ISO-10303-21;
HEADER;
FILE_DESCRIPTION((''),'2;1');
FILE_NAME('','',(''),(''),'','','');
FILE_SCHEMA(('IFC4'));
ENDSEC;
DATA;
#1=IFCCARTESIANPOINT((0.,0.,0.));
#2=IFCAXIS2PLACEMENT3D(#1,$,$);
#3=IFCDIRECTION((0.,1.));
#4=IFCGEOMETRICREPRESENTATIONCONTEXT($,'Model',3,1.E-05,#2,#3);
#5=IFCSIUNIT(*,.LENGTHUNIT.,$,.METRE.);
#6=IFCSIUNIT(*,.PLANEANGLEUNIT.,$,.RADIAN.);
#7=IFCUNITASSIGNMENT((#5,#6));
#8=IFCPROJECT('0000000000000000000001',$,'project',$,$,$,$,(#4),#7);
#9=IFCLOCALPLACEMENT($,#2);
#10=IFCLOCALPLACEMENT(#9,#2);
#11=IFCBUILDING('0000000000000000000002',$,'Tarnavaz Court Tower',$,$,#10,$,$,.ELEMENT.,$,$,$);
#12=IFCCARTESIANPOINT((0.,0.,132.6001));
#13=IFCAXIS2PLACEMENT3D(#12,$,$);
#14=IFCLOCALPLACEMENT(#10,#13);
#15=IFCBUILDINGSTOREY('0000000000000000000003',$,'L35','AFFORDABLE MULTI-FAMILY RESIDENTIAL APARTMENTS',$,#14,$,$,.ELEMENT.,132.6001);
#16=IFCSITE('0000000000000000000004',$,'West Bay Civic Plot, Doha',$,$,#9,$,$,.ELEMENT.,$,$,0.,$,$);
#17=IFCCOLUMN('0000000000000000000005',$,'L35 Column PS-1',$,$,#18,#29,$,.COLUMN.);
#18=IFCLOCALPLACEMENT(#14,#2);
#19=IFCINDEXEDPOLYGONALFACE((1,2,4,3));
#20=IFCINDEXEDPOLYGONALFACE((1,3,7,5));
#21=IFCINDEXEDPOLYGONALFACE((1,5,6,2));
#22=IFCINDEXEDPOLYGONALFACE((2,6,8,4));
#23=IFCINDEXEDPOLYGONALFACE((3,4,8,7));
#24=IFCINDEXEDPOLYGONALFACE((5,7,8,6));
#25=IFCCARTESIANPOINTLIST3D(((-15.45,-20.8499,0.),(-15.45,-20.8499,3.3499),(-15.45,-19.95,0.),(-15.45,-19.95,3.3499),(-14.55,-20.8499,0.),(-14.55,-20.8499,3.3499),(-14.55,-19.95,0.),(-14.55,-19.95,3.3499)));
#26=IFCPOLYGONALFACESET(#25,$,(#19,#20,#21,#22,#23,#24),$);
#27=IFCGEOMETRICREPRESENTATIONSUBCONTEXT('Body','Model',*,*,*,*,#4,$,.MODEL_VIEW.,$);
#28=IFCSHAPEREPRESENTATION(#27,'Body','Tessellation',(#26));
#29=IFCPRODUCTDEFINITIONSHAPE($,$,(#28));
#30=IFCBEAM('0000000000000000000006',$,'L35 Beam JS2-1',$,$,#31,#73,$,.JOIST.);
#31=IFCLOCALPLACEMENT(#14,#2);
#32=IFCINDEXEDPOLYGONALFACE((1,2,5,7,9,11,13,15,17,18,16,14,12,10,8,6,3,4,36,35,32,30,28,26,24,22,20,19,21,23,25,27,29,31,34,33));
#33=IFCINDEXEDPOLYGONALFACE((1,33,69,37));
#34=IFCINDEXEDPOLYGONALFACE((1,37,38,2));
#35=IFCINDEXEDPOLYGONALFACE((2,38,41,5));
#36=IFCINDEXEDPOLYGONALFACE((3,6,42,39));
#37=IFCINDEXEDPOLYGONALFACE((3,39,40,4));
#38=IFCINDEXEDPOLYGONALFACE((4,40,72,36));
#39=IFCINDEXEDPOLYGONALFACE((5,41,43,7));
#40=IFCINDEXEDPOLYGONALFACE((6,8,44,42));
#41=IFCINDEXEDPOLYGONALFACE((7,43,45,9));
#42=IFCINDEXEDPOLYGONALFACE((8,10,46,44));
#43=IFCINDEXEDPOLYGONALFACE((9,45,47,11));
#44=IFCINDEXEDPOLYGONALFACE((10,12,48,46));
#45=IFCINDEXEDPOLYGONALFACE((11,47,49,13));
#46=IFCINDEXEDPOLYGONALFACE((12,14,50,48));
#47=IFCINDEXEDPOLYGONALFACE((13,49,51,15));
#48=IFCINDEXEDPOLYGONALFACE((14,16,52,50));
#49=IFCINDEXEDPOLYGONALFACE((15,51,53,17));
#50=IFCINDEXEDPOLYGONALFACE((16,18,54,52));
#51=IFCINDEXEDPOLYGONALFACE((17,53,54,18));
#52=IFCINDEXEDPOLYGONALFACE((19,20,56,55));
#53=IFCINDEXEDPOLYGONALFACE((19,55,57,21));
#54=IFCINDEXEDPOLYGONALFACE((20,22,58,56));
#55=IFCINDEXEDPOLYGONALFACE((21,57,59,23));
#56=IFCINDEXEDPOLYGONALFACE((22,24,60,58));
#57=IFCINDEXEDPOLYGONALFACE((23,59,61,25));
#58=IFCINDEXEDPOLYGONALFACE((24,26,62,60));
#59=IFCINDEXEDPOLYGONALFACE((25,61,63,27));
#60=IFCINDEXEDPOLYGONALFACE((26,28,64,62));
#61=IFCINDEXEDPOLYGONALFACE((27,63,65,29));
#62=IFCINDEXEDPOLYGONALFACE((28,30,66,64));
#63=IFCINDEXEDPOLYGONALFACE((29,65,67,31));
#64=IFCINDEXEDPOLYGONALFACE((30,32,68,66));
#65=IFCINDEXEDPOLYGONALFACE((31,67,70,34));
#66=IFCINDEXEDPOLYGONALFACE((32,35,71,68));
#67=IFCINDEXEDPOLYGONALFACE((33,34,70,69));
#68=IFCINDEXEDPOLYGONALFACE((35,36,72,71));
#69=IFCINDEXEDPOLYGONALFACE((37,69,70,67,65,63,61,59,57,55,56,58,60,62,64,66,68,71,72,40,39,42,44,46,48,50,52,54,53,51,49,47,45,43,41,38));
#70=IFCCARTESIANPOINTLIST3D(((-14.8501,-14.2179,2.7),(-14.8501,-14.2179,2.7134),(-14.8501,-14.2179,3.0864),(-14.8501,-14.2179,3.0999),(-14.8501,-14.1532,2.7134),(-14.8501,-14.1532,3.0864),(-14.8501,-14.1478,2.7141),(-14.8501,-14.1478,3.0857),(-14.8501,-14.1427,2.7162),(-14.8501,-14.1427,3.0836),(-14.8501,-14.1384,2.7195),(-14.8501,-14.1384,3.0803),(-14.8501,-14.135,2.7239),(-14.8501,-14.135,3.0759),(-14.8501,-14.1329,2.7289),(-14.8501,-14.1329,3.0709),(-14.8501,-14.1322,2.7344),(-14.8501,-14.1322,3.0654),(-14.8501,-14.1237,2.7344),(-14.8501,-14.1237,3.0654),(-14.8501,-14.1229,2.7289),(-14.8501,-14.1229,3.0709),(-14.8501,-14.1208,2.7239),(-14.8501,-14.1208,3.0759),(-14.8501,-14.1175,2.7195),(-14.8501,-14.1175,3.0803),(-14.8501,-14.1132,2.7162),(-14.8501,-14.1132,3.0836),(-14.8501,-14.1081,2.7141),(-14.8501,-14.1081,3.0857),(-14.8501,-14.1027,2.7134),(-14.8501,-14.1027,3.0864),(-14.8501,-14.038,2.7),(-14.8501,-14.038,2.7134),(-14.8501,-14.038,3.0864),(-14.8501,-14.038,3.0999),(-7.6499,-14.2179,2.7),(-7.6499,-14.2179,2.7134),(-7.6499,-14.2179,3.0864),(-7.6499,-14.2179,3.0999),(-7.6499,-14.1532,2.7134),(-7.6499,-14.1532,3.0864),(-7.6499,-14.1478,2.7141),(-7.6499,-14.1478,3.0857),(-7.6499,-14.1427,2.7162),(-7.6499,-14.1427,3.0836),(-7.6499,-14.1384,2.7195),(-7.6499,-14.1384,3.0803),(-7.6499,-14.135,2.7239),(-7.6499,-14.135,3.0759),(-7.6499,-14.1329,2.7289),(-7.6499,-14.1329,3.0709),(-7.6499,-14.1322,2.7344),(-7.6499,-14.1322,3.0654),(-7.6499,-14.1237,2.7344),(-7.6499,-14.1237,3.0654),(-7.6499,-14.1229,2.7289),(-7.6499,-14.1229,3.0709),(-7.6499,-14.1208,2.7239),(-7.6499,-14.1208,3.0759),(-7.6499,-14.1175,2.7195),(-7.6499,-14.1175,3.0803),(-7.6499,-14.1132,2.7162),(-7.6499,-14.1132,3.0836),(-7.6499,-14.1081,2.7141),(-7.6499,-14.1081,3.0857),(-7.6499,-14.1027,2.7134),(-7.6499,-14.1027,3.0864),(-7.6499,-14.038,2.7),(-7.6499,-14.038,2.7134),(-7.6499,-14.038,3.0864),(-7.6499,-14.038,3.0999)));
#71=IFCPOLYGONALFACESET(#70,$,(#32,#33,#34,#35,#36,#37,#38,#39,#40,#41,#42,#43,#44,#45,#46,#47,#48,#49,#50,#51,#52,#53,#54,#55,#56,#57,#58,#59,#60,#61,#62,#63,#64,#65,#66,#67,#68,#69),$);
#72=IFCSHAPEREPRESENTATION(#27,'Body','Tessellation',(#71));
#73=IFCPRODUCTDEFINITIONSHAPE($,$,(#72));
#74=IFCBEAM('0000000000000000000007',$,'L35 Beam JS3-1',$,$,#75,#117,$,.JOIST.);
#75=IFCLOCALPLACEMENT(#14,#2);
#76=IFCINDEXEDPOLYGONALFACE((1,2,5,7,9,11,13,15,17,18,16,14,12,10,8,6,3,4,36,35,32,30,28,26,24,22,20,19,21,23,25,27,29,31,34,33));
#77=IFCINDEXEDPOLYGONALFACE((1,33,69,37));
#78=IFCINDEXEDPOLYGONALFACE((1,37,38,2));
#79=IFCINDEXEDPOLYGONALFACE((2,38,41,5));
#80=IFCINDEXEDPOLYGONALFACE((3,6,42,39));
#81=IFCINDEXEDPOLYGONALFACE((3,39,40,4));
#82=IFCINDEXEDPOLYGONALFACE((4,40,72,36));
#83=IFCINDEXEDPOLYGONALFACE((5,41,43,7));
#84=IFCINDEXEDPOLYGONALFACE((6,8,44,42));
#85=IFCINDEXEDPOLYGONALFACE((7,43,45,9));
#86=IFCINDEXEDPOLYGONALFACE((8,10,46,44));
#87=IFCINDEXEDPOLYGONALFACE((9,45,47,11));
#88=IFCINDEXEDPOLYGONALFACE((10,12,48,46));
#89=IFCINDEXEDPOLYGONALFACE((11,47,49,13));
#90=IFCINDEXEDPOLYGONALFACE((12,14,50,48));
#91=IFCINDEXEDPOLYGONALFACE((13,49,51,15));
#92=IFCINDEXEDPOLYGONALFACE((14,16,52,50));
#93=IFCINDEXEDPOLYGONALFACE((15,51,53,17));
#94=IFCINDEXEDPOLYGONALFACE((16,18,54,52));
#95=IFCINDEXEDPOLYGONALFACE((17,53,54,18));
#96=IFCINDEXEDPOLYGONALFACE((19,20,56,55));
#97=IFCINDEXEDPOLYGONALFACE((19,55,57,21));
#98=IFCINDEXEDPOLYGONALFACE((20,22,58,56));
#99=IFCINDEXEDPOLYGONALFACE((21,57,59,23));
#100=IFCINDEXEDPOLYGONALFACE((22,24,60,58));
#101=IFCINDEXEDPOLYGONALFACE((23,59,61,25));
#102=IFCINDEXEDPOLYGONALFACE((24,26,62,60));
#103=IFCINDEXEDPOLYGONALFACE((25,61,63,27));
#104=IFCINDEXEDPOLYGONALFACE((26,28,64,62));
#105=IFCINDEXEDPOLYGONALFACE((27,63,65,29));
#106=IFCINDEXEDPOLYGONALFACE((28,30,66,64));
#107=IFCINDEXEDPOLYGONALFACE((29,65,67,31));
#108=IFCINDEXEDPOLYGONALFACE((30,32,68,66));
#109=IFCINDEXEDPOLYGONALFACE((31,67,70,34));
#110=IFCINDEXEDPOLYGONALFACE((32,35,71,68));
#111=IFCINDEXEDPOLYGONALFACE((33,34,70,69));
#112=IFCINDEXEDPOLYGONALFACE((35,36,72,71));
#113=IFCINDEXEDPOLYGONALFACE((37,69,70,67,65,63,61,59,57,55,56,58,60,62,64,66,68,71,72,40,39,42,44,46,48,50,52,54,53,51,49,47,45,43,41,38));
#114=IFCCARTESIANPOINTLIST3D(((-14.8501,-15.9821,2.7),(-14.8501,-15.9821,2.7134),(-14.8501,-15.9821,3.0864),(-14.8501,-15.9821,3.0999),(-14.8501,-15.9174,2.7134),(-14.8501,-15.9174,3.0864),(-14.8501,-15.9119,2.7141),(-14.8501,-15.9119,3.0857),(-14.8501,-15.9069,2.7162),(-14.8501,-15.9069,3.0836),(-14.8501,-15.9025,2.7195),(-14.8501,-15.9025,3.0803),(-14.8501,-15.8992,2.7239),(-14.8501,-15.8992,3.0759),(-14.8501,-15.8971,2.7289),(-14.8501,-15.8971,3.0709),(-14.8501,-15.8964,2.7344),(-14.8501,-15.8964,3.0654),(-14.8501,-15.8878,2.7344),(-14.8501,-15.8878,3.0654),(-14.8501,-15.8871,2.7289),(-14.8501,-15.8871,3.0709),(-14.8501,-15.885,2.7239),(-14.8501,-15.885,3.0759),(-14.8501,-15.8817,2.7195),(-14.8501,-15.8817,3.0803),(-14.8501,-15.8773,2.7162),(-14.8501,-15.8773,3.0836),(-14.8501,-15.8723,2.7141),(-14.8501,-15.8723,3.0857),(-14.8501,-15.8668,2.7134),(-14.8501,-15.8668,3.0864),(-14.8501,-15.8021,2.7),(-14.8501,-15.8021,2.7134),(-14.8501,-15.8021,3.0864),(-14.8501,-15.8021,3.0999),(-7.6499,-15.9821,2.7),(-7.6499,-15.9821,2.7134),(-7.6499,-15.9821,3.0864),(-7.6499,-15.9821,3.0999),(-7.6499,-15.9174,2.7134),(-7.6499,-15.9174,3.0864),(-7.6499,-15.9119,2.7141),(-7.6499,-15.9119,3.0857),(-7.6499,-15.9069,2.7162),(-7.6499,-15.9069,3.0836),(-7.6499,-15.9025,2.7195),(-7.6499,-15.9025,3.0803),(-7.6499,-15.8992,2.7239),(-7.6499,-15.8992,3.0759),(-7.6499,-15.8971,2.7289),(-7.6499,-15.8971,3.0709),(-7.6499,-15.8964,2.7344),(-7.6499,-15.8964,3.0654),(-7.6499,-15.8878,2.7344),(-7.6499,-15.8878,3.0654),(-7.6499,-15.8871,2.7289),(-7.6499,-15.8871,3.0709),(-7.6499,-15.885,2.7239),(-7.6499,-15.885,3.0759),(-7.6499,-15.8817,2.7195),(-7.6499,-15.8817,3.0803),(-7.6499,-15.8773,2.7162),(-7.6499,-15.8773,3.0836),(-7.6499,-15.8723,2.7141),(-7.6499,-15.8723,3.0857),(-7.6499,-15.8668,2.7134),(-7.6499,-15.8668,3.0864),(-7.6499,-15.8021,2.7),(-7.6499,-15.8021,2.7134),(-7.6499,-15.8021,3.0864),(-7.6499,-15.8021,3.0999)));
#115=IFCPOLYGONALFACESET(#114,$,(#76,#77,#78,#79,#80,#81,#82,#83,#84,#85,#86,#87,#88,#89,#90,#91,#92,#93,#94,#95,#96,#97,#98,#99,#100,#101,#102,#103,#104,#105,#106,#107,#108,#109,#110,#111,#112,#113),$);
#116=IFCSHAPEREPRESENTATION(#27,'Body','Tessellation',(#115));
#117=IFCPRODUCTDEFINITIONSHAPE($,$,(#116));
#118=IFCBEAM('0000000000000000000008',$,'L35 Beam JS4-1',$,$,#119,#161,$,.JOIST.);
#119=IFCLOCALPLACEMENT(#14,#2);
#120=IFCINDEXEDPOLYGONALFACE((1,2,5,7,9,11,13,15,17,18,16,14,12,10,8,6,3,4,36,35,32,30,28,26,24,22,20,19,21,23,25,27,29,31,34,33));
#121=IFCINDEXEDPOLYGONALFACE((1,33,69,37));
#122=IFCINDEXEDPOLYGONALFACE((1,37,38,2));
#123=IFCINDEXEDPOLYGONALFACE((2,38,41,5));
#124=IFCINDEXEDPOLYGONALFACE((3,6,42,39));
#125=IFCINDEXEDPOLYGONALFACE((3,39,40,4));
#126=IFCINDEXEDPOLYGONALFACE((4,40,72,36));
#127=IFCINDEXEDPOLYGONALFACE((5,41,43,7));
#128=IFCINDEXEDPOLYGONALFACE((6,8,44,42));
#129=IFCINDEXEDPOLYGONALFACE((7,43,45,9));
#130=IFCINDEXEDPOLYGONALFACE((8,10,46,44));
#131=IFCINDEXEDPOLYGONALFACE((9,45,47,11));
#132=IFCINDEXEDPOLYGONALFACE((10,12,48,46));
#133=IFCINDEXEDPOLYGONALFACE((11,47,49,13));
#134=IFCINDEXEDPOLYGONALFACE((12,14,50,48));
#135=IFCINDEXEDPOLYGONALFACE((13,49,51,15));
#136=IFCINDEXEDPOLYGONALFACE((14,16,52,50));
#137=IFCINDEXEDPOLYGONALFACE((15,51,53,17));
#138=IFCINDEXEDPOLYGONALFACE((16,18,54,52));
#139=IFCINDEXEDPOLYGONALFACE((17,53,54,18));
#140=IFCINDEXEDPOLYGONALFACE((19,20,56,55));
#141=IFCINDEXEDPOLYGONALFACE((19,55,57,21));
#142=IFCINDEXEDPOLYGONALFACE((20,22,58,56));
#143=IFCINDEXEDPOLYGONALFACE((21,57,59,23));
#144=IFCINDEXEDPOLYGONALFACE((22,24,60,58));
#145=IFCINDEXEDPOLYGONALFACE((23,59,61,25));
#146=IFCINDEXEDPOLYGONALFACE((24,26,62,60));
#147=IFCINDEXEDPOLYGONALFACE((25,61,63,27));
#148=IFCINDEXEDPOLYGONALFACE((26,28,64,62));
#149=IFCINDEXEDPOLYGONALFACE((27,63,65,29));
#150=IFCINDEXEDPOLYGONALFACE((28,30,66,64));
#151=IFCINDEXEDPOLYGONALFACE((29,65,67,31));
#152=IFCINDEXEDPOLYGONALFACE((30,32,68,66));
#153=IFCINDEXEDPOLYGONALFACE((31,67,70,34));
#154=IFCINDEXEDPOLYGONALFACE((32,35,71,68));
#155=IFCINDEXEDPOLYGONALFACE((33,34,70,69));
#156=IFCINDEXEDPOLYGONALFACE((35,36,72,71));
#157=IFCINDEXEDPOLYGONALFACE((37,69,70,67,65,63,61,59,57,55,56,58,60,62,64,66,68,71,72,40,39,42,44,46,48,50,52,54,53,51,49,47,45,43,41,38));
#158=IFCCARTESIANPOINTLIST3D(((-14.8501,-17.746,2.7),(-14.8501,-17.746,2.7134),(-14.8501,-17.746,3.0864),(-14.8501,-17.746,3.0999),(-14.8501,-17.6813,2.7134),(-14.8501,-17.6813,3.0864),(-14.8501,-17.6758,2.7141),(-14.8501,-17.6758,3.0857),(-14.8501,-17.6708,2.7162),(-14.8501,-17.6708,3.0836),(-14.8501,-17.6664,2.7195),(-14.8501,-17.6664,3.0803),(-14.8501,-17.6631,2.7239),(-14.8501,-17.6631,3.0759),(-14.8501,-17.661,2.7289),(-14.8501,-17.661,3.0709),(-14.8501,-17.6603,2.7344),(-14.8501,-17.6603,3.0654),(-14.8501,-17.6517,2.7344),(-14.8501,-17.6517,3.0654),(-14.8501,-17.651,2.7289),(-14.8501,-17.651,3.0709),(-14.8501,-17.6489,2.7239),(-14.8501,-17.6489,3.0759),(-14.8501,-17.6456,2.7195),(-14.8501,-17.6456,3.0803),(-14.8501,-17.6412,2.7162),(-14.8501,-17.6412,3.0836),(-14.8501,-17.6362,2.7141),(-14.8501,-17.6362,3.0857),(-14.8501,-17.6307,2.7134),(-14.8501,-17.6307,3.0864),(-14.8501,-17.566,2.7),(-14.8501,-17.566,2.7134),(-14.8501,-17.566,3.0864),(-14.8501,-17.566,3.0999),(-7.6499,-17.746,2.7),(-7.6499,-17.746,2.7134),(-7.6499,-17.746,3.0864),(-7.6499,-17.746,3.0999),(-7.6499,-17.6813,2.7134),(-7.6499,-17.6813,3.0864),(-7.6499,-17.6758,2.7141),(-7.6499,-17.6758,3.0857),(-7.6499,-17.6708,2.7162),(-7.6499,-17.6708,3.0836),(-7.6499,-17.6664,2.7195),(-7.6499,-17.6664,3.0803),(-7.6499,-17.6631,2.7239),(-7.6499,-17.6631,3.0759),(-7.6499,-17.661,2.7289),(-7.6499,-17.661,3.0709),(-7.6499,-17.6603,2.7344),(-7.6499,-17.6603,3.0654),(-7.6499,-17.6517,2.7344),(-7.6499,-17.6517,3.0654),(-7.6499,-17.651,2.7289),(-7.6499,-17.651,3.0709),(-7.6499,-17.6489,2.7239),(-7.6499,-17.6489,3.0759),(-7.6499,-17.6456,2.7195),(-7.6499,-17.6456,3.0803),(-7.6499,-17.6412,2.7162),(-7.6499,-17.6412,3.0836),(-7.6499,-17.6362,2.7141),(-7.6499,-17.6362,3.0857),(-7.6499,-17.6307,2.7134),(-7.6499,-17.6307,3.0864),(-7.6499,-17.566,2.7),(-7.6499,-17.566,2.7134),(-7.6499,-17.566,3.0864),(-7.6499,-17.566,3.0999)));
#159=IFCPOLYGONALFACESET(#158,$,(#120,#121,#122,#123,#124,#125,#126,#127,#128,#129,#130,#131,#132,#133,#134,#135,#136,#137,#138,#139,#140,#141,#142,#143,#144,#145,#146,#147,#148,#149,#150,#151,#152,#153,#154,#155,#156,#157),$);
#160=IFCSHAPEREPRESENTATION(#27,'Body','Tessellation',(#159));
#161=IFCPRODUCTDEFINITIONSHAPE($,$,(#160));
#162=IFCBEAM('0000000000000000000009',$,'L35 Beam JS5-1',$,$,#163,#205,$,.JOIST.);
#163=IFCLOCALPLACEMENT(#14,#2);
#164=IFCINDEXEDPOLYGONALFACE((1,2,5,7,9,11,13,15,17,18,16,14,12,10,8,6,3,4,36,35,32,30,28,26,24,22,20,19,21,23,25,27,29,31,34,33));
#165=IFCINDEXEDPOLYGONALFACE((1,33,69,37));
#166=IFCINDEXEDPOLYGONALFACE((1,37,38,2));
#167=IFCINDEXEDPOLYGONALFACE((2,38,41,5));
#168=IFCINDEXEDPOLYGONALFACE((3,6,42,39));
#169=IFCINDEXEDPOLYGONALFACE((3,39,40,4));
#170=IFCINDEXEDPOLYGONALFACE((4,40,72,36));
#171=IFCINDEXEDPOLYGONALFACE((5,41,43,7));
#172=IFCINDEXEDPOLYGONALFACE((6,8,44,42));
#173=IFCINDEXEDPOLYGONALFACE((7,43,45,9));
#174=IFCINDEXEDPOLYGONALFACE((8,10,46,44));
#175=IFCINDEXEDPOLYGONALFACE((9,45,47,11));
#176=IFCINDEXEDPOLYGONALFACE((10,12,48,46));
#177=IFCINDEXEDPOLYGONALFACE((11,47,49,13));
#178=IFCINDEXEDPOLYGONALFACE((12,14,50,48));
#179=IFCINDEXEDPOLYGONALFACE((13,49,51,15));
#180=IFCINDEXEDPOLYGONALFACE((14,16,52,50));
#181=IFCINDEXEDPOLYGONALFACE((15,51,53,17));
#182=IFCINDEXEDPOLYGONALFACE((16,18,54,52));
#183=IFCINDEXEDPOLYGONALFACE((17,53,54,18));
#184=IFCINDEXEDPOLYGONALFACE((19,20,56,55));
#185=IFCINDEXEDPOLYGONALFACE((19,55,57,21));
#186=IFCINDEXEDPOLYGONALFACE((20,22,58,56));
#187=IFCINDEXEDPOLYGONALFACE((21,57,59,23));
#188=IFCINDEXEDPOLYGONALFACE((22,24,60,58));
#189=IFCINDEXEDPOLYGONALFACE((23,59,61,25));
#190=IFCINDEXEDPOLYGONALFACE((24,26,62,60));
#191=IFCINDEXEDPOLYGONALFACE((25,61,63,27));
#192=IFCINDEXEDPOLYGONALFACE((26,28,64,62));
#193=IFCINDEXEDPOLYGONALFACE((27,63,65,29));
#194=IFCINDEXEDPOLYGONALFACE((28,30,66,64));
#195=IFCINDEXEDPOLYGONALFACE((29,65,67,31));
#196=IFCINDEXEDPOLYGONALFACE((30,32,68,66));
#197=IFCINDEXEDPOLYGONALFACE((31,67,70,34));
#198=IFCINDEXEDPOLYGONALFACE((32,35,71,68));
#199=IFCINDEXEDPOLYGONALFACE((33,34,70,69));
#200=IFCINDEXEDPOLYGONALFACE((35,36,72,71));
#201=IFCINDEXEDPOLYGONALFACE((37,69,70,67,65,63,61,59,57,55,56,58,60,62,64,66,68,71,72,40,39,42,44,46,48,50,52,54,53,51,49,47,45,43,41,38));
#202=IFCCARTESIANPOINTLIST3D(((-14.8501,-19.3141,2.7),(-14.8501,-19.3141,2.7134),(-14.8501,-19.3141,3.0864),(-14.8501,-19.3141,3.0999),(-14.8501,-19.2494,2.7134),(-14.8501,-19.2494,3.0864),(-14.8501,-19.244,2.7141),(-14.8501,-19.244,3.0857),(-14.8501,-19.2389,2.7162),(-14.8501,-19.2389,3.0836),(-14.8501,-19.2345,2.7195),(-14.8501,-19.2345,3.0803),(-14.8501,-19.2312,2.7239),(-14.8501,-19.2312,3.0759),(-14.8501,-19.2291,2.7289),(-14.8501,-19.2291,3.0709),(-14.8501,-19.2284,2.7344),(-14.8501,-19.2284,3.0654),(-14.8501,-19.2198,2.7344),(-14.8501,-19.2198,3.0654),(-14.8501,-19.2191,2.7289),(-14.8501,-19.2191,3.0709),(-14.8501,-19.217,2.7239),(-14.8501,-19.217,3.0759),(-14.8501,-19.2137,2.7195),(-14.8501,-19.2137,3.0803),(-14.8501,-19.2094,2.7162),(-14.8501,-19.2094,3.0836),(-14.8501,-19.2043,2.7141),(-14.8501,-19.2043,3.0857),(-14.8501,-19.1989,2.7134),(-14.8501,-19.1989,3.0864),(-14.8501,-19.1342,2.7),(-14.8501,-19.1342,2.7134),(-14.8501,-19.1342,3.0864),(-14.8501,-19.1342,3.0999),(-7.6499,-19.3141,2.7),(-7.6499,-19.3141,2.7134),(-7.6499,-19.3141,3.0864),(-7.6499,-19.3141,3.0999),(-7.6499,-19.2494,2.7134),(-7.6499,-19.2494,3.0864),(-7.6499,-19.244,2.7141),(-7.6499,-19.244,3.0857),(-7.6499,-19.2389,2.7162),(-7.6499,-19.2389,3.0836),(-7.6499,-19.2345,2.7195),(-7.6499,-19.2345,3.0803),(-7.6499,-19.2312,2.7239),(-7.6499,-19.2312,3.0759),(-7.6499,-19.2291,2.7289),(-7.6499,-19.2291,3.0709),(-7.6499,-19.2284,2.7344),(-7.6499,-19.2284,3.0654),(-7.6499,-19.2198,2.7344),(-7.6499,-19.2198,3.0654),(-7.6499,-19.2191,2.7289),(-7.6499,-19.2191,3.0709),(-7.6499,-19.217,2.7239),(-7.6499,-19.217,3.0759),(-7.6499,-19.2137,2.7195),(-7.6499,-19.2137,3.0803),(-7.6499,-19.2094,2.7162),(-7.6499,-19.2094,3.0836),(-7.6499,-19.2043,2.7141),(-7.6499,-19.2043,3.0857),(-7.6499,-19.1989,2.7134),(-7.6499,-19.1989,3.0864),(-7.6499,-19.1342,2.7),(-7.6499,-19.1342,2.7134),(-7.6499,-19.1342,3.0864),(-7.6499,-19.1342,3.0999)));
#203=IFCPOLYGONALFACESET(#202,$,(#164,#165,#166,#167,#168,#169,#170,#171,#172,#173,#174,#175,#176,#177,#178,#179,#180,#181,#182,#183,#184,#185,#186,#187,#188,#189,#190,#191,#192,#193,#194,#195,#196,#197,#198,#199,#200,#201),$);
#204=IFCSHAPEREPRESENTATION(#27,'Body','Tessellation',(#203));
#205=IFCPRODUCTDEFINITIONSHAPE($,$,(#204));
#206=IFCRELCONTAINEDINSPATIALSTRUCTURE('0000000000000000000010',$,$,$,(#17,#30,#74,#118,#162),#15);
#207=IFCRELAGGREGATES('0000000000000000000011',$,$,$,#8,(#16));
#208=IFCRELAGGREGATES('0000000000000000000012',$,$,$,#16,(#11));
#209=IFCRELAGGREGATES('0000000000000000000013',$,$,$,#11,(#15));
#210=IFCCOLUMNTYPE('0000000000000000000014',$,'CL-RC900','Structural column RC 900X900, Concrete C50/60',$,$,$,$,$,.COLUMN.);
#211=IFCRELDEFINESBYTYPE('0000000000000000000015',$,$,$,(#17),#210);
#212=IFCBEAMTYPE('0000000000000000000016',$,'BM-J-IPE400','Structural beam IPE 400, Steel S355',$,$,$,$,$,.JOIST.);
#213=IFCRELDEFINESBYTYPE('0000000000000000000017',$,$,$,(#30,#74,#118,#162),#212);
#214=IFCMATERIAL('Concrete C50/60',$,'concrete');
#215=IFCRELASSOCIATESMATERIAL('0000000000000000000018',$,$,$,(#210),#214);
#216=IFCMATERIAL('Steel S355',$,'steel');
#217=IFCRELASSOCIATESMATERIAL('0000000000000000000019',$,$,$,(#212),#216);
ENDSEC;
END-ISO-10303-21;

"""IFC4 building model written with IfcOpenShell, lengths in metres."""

from ifc_helpers import new_model, si_unit, direction, frame, origin, origin_2d, place, context, subcontext, project, spatial, rectangle, i_section, extrude, material, material_profile, profile_set, type_object, element, save


model = new_model("IFC4")

# Units and contexts
model_context = context("Model", 3, precision=1e-05, world=origin(), true_north=direction((0.0, 1.0)))
body_context = subcontext(model_context, "Body", "Model", "MODEL_VIEW")
ifc_project = project(units=[si_unit("LENGTHUNIT", "METRE"), si_unit("PLANEANGLEUNIT", "RADIAN")], contexts=[model_context])

# Site, building, storey
site_placement = place(None, origin())
site = spatial("IfcSite", under=ifc_project, at=site_placement, Name="West Bay Civic Plot, Doha", CompositionType="ELEMENT", RefElevation=0.0)
building_placement = place(site_placement, origin())
building = spatial("IfcBuilding", under=site, at=building_placement, Name="Tarnavaz Court Tower", CompositionType="ELEMENT")
storey_placement = place(building_placement, frame((0.0, 0.0, 132.6001)))
storey = spatial("IfcBuildingStorey", under=building, at=storey_placement, Name="L35", Description="AFFORDABLE MULTI-FAMILY RESIDENTIAL APARTMENTS", CompositionType="ELEMENT", Elevation=132.6001)

# Column
ifc_material_1 = material(Name="Concrete C50/60", Category="concrete")
ifc_material_profile_1 = material_profile(ifc_material_1, rectangle(XDim=0.8999, YDim=0.8999, at=origin_2d()), Name="RC 900X900")
ifc_profile_set_1 = profile_set([ifc_material_profile_1], Name="Concrete C50/60")
column_type = type_object("IfcColumnType", Name="CL-RC900", Description="Structural column RC 900X900, Concrete C50/60", PredefinedType="COLUMN", material=ifc_profile_set_1)
column_placement = place(storey_placement, frame((-15.0, -20.3999, 0.0), z_axis=(0.0, 0.0, 1.0), x_axis=(1.0, 0.0, 0.0)))
element("IfcColumn", 1, at=column_placement, inside=storey, type_object=column_type, Name="L35 Column PS-1", PredefinedType="COLUMN", context=body_context, shape_type="SweptSolid", body=[
    extrude(rectangle(XDim=0.8999, YDim=0.8999, at=origin_2d()), origin(), (0.0, 0.0, 1.0), 3.3499),
])

# Beams
ifc_material_2 = material(Name="Steel S355", Category="steel")
ifc_material_profile_2 = material_profile(ifc_material_2, i_section(OverallWidth=0.1799, OverallDepth=0.3999, WebThickness=0.0085, FlangeThickness=0.0134, FilletRadius=0.021, at=origin_2d()), Name="IPE 400")
ifc_profile_set_2 = profile_set([ifc_material_profile_2], Name="Steel S355")
beam_type_1 = type_object("IfcBeamType", Name="BM-J-IPE400", Description="Structural beam IPE 400, Steel S355", PredefinedType="JOIST", material=ifc_profile_set_2)
for number, where, z_axis, x_axis, name in (
    (2, (-14.8501, -14.1279, 2.8999), (1.0, 0.0, 0.0), (0.0, 1.0, 0.0), "L35 Beam JS2-1"),
    (3, (-14.8501, -15.8921, 2.8999), (1.0, 0.0, 0.0), (0.0, 1.0, 0.0), "L35 Beam JS3-1"),
    (4, (-14.8501, -17.656, 2.8999), (1.0, 0.0, 0.0), (0.0, 1.0, 0.0), "L35 Beam JS4-1"),
    (5, (-14.8501, -19.2241, 2.8999), (1.0, 0.0, 0.0), (0.0, 1.0, 0.0), "L35 Beam JS5-1"),
):
    element("IfcBeam", number, at=place(storey_placement, frame(where, z_axis=z_axis, x_axis=x_axis)), inside=storey, type_object=beam_type_1, Name=name, PredefinedType="JOIST", context=body_context, shape_type="SweptSolid", body=[
        extrude(i_section(OverallWidth=0.1799, OverallDepth=0.3999, WebThickness=0.0085, FlangeThickness=0.0134, FilletRadius=0.021, at=origin_2d()), origin(), (0.0, 0.0, 1.0), 7.2002),
    ])

save(model, "model.ifc")
